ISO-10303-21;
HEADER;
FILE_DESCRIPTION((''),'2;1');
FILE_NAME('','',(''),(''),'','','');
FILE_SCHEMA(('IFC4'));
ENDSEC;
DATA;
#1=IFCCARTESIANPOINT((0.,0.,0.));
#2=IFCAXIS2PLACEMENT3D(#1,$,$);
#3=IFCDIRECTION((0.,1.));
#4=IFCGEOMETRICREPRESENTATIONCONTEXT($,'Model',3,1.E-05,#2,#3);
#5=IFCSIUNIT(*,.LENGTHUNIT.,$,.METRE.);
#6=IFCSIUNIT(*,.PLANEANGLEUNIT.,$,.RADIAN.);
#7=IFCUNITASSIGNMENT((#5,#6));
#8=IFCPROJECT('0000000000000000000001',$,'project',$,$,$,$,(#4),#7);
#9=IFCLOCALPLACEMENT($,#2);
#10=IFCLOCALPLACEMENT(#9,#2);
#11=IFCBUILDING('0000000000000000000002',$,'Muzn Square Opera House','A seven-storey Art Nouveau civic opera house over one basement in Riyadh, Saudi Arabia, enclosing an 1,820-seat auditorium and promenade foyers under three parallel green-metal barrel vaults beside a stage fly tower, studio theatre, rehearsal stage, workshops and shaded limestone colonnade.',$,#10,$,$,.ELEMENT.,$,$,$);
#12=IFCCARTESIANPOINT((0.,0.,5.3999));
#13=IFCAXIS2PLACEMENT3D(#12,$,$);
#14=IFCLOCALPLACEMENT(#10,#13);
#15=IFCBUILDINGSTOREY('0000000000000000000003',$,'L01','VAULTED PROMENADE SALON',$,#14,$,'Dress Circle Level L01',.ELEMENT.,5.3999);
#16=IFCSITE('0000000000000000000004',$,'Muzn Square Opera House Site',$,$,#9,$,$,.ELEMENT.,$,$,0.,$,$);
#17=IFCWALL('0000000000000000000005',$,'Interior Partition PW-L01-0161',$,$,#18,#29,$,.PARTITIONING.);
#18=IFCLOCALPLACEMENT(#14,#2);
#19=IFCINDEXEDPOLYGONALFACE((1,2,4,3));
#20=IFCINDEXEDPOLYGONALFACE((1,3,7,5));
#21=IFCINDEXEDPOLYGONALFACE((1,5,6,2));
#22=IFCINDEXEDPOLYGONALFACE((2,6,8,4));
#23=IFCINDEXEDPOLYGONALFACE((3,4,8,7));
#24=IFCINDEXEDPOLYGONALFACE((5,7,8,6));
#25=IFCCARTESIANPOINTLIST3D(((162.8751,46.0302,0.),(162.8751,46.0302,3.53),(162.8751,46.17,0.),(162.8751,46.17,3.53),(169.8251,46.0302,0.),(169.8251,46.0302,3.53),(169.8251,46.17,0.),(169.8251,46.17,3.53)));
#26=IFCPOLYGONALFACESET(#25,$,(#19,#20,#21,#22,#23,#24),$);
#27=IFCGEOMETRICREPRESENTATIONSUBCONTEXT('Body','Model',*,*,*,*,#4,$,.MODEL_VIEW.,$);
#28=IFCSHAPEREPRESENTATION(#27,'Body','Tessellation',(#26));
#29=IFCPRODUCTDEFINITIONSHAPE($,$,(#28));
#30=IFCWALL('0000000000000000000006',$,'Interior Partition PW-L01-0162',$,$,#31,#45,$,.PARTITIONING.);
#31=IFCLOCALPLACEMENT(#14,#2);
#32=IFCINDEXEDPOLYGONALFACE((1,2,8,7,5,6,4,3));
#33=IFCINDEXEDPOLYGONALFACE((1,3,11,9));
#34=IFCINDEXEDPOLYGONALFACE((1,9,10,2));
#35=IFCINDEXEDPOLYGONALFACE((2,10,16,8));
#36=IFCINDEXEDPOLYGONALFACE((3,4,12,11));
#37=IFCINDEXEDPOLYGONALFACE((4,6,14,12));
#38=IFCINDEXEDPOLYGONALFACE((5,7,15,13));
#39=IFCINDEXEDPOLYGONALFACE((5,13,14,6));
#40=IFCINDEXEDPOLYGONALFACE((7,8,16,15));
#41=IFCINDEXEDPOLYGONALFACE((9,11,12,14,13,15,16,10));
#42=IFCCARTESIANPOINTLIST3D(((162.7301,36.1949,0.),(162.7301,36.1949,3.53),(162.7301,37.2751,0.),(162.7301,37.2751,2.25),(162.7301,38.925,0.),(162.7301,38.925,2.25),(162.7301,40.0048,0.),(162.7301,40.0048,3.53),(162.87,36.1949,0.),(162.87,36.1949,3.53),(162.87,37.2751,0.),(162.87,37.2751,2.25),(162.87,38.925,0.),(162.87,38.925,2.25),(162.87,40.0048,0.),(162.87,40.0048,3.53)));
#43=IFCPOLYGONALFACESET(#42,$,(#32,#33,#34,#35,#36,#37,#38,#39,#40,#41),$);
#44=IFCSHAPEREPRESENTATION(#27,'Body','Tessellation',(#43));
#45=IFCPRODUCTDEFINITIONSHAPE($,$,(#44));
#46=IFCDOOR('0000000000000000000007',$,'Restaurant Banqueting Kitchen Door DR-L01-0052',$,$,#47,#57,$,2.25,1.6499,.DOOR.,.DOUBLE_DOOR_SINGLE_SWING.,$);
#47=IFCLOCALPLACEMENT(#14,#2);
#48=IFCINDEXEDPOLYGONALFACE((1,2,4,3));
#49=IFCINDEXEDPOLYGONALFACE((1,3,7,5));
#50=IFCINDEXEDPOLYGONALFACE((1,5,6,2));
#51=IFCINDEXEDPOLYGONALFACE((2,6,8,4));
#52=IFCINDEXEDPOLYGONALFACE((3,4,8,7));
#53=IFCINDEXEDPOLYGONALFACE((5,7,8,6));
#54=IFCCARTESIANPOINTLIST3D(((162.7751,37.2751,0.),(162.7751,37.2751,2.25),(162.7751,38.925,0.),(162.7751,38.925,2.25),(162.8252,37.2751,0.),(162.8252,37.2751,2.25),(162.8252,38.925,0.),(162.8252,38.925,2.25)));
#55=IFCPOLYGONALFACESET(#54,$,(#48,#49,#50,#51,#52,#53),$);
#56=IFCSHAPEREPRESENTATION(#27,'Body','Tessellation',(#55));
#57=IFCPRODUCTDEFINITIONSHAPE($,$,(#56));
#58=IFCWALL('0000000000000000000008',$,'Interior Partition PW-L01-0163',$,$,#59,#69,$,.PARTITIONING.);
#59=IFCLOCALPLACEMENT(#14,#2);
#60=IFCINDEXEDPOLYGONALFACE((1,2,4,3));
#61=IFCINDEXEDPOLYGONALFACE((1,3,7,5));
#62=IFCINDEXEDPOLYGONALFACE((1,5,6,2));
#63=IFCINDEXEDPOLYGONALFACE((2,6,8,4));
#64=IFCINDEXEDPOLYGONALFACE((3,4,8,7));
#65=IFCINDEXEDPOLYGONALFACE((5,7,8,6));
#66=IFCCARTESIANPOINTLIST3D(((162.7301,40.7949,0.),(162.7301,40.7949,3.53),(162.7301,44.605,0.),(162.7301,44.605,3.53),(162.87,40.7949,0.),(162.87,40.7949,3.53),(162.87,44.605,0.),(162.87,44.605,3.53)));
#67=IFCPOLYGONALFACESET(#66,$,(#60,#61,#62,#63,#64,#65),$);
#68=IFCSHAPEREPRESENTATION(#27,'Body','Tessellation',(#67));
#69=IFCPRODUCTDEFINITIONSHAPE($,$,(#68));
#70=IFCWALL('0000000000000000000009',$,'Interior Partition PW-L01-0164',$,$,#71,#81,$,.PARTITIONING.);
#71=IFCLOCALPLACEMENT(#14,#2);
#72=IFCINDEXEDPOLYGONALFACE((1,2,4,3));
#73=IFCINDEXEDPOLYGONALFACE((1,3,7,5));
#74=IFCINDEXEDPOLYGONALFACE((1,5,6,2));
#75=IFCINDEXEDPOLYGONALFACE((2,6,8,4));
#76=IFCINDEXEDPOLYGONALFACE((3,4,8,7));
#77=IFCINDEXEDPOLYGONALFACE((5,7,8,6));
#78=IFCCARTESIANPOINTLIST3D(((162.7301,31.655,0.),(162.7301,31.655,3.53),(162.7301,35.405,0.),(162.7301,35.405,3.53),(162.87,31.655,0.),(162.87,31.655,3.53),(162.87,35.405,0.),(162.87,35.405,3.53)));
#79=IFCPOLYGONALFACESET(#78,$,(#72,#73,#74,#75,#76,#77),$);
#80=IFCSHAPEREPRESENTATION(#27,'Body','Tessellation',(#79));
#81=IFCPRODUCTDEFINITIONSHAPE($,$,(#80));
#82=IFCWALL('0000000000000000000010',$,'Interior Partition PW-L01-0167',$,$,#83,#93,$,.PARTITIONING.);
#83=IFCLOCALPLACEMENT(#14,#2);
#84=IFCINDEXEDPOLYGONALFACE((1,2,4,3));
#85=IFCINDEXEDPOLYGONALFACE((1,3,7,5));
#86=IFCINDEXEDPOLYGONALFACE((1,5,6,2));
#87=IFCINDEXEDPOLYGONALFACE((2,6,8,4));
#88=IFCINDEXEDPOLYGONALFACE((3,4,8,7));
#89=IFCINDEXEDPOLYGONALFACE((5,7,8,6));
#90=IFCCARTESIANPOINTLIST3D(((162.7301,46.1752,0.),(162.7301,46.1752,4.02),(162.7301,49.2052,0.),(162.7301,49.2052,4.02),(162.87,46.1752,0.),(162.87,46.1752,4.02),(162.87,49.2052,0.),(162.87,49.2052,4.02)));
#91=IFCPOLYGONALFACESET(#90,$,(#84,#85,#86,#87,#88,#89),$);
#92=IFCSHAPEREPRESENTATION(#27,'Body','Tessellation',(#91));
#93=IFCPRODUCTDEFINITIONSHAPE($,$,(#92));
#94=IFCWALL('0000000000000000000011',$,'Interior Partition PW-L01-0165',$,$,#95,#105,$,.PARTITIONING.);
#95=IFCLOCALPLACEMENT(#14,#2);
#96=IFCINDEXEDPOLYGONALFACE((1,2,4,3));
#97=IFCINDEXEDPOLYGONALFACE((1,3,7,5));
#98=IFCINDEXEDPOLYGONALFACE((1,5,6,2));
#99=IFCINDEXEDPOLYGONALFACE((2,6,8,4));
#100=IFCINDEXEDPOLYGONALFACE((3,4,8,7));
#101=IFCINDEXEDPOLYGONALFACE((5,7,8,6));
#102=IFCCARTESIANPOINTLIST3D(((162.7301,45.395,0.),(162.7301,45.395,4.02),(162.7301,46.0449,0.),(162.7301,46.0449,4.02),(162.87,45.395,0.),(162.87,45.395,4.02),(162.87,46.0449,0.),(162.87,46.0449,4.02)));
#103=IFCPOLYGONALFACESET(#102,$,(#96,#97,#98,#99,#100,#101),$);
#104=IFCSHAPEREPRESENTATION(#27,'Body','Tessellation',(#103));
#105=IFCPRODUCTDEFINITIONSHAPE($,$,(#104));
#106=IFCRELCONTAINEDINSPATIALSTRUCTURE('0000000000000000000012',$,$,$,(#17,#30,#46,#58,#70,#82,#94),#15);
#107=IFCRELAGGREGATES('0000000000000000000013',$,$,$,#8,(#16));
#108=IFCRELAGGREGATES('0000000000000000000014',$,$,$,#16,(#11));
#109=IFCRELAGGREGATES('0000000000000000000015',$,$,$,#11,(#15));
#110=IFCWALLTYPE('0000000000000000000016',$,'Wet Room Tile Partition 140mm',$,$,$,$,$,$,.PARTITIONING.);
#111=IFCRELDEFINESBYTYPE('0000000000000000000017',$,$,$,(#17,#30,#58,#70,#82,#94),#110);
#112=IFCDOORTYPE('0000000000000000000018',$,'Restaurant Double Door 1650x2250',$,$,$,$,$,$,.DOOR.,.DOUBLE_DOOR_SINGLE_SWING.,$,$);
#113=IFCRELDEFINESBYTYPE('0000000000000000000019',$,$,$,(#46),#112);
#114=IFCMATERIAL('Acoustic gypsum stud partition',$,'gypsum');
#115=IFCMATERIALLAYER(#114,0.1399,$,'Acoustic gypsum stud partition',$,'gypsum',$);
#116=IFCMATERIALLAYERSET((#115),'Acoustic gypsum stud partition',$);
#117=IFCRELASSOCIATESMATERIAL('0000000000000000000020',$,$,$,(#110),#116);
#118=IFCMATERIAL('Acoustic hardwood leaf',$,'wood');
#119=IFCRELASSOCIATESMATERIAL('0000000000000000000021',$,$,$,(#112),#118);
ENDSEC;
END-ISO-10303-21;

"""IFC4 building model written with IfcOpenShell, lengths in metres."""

from ifc_helpers import new_model, si_unit, direction, frame, frame_2d, origin, place, context, subcontext, project, spatial, rectangle, extrude, material, layer, layer_set, type_object, element, fill, save


model = new_model("IFC4")

# Units and contexts
model_context = context("Model", 3, precision=1e-05, world=origin(), true_north=direction((0.0, 1.0)))
body_context = subcontext(model_context, "Body", "Model", "MODEL_VIEW")
ifc_project = project(units=[si_unit("LENGTHUNIT", "METRE"), si_unit("PLANEANGLEUNIT", "RADIAN")], contexts=[model_context])

# Site, building, storey
site_placement = place(None, origin())
site = spatial("IfcSite", under=ifc_project, at=site_placement, Name="Muzn Square Opera House Site", CompositionType="ELEMENT", RefElevation=0.0)
building_placement = place(site_placement, origin())
building = spatial("IfcBuilding", under=site, at=building_placement, Name="Muzn Square Opera House", Description="A seven-storey Art Nouveau civic opera house over one basement in Riyadh, Saudi Arabia, enclosing an 1,820-seat auditorium and promenade foyers under three parallel green-metal barrel vaults beside a stage fly tower, studio theatre, rehearsal stage, workshops and shaded limestone colonnade.", CompositionType="ELEMENT")
storey_placement = place(building_placement, frame((0.0, 0.0, 5.3999)))
storey = spatial("IfcBuildingStorey", under=building, at=storey_placement, Name="L01", Description="VAULTED PROMENADE SALON", LongName="Dress Circle Level L01", CompositionType="ELEMENT", Elevation=5.3999)

# Wall
ifc_material_1 = material(Name="Acoustic gypsum stud partition", Category="gypsum")
ifc_layer_1 = layer(ifc_material_1, 0.1399, Name="Acoustic gypsum stud partition", Category="gypsum")
ifc_layer_set_1 = layer_set([ifc_layer_1], Name="Acoustic gypsum stud partition")
wall_type_1 = type_object("IfcWallType", Name="Wet Room Tile Partition 140mm", PredefinedType="PARTITIONING", material=ifc_layer_set_1)
wall_1_placement = place(storey_placement, frame((162.875, 46.1001, 0.0), z_axis=(0.0, 0.0, 1.0), x_axis=(1.0, 0.0, 0.0)))
element("IfcWall", 1, at=wall_1_placement, inside=storey, type_object=wall_type_1, Name="Interior Partition PW-L01-0161", PredefinedType="PARTITIONING", context=body_context, shape_type="SweptSolid", body=[
    extrude(rectangle(XDim=6.95, YDim=0.1399, at=frame_2d((3.4751, 0.0))), origin(), (0.0, 0.0, 1.0), 3.53),
])

# Wall, opening, door
wall_2_placement = place(storey_placement, frame((162.8, 36.1951, 0.0), z_axis=(0.0, 0.0, 1.0), x_axis=(0.0, 1.0, 0.0)))
wall_2 = element("IfcWall", 2, at=wall_2_placement, inside=storey, type_object=wall_type_1, Name="Interior Partition PW-L01-0162", PredefinedType="PARTITIONING", context=body_context, shape_type="SweptSolid", body=[
    extrude(rectangle(XDim=3.8098, YDim=0.1399, at=frame_2d((1.9048, 0.0))), origin(), (0.0, 0.0, 1.0), 3.53),
])
opening_placement = place(wall_2_placement, frame((1.0801, 0.0, 0.0)))
opening = element("IfcOpeningElement", 3, at=opening_placement, cuts=wall_2, PredefinedType="OPENING", context=body_context, shape_type="SweptSolid", body=[
    extrude(rectangle(XDim=1.6499, YDim=2.25, at=frame_2d((0.825, 1.125))), frame((0.0, 0.0798, 0.0), z_axis=(0.0, -1.0, 0.0), x_axis=(1.0, 0.0, 0.0)), (0.0, 0.0, 1.0), 0.1599),
])
ifc_material_2 = material(Name="Acoustic hardwood leaf", Category="wood")
door_type = type_object("IfcDoorType", Name="Restaurant Double Door 1650x2250", OperationType="DOUBLE_DOOR_SINGLE_SWING", PredefinedType="DOOR", material=ifc_material_2)
door_placement = place(opening_placement, origin())
door = element("IfcDoor", 4, at=door_placement, inside=storey, type_object=door_type, Name="Restaurant Banqueting Kitchen Door DR-L01-0052", OperationType="DOUBLE_DOOR_SINGLE_SWING", OverallHeight=2.25, OverallWidth=1.6499, PredefinedType="DOOR", context=body_context, shape_type="SweptSolid", body=[
    extrude(rectangle(XDim=1.6499, YDim=2.25, at=frame_2d((0.825, 1.125))), frame((0.0, 0.0249, 0.0), z_axis=(0.0, -1.0, 0.0), x_axis=(1.0, 0.0, 0.0)), (0.0, 0.0, 1.0), 0.05),
])
fill(opening, door)

# Walls
wall_3_placement = place(storey_placement, frame((162.8, 40.7949, 0.0), z_axis=(0.0, 0.0, 1.0), x_axis=(0.0, 1.0, 0.0)))
element("IfcWall", 5, at=wall_3_placement, inside=storey, type_object=wall_type_1, Name="Interior Partition PW-L01-0163", PredefinedType="PARTITIONING", context=body_context, shape_type="SweptSolid", body=[
    extrude(rectangle(XDim=3.8101, YDim=0.1399, at=frame_2d((1.905, 0.0))), origin(), (0.0, 0.0, 1.0), 3.53),
])
wall_4_placement = place(storey_placement, frame((162.8, 31.655, 0.0), z_axis=(0.0, 0.0, 1.0), x_axis=(0.0, 1.0, 0.0)))
element("IfcWall", 6, at=wall_4_placement, inside=storey, type_object=wall_type_1, Name="Interior Partition PW-L01-0164", PredefinedType="PARTITIONING", context=body_context, shape_type="SweptSolid", body=[
    extrude(rectangle(XDim=3.75, YDim=0.1399, at=frame_2d((1.875, 0.0))), origin(), (0.0, 0.0, 1.0), 3.53),
])
wall_5_placement = place(storey_placement, frame((162.8, 46.175, 0.0), z_axis=(0.0, 0.0, 1.0), x_axis=(0.0, 1.0, 0.0)))
element("IfcWall", 7, at=wall_5_placement, inside=storey, type_object=wall_type_1, Name="Interior Partition PW-L01-0167", PredefinedType="PARTITIONING", context=body_context, shape_type="SweptSolid", body=[
    extrude(rectangle(XDim=3.03, YDim=0.1399, at=frame_2d((1.5151, 0.0))), origin(), (0.0, 0.0, 1.0), 4.02),
])
wall_6_placement = place(storey_placement, frame((162.8, 45.395, 0.0), z_axis=(0.0, 0.0, 1.0), x_axis=(0.0, 1.0, 0.0)))
element("IfcWall", 8, at=wall_6_placement, inside=storey, type_object=wall_type_1, Name="Interior Partition PW-L01-0165", PredefinedType="PARTITIONING", context=body_context, shape_type="SweptSolid", body=[
    extrude(rectangle(XDim=0.6499, YDim=0.1399, at=frame_2d((0.325, 0.0))), origin(), (0.0, 0.0, 1.0), 4.02),
])

save(model, "model.ifc")
